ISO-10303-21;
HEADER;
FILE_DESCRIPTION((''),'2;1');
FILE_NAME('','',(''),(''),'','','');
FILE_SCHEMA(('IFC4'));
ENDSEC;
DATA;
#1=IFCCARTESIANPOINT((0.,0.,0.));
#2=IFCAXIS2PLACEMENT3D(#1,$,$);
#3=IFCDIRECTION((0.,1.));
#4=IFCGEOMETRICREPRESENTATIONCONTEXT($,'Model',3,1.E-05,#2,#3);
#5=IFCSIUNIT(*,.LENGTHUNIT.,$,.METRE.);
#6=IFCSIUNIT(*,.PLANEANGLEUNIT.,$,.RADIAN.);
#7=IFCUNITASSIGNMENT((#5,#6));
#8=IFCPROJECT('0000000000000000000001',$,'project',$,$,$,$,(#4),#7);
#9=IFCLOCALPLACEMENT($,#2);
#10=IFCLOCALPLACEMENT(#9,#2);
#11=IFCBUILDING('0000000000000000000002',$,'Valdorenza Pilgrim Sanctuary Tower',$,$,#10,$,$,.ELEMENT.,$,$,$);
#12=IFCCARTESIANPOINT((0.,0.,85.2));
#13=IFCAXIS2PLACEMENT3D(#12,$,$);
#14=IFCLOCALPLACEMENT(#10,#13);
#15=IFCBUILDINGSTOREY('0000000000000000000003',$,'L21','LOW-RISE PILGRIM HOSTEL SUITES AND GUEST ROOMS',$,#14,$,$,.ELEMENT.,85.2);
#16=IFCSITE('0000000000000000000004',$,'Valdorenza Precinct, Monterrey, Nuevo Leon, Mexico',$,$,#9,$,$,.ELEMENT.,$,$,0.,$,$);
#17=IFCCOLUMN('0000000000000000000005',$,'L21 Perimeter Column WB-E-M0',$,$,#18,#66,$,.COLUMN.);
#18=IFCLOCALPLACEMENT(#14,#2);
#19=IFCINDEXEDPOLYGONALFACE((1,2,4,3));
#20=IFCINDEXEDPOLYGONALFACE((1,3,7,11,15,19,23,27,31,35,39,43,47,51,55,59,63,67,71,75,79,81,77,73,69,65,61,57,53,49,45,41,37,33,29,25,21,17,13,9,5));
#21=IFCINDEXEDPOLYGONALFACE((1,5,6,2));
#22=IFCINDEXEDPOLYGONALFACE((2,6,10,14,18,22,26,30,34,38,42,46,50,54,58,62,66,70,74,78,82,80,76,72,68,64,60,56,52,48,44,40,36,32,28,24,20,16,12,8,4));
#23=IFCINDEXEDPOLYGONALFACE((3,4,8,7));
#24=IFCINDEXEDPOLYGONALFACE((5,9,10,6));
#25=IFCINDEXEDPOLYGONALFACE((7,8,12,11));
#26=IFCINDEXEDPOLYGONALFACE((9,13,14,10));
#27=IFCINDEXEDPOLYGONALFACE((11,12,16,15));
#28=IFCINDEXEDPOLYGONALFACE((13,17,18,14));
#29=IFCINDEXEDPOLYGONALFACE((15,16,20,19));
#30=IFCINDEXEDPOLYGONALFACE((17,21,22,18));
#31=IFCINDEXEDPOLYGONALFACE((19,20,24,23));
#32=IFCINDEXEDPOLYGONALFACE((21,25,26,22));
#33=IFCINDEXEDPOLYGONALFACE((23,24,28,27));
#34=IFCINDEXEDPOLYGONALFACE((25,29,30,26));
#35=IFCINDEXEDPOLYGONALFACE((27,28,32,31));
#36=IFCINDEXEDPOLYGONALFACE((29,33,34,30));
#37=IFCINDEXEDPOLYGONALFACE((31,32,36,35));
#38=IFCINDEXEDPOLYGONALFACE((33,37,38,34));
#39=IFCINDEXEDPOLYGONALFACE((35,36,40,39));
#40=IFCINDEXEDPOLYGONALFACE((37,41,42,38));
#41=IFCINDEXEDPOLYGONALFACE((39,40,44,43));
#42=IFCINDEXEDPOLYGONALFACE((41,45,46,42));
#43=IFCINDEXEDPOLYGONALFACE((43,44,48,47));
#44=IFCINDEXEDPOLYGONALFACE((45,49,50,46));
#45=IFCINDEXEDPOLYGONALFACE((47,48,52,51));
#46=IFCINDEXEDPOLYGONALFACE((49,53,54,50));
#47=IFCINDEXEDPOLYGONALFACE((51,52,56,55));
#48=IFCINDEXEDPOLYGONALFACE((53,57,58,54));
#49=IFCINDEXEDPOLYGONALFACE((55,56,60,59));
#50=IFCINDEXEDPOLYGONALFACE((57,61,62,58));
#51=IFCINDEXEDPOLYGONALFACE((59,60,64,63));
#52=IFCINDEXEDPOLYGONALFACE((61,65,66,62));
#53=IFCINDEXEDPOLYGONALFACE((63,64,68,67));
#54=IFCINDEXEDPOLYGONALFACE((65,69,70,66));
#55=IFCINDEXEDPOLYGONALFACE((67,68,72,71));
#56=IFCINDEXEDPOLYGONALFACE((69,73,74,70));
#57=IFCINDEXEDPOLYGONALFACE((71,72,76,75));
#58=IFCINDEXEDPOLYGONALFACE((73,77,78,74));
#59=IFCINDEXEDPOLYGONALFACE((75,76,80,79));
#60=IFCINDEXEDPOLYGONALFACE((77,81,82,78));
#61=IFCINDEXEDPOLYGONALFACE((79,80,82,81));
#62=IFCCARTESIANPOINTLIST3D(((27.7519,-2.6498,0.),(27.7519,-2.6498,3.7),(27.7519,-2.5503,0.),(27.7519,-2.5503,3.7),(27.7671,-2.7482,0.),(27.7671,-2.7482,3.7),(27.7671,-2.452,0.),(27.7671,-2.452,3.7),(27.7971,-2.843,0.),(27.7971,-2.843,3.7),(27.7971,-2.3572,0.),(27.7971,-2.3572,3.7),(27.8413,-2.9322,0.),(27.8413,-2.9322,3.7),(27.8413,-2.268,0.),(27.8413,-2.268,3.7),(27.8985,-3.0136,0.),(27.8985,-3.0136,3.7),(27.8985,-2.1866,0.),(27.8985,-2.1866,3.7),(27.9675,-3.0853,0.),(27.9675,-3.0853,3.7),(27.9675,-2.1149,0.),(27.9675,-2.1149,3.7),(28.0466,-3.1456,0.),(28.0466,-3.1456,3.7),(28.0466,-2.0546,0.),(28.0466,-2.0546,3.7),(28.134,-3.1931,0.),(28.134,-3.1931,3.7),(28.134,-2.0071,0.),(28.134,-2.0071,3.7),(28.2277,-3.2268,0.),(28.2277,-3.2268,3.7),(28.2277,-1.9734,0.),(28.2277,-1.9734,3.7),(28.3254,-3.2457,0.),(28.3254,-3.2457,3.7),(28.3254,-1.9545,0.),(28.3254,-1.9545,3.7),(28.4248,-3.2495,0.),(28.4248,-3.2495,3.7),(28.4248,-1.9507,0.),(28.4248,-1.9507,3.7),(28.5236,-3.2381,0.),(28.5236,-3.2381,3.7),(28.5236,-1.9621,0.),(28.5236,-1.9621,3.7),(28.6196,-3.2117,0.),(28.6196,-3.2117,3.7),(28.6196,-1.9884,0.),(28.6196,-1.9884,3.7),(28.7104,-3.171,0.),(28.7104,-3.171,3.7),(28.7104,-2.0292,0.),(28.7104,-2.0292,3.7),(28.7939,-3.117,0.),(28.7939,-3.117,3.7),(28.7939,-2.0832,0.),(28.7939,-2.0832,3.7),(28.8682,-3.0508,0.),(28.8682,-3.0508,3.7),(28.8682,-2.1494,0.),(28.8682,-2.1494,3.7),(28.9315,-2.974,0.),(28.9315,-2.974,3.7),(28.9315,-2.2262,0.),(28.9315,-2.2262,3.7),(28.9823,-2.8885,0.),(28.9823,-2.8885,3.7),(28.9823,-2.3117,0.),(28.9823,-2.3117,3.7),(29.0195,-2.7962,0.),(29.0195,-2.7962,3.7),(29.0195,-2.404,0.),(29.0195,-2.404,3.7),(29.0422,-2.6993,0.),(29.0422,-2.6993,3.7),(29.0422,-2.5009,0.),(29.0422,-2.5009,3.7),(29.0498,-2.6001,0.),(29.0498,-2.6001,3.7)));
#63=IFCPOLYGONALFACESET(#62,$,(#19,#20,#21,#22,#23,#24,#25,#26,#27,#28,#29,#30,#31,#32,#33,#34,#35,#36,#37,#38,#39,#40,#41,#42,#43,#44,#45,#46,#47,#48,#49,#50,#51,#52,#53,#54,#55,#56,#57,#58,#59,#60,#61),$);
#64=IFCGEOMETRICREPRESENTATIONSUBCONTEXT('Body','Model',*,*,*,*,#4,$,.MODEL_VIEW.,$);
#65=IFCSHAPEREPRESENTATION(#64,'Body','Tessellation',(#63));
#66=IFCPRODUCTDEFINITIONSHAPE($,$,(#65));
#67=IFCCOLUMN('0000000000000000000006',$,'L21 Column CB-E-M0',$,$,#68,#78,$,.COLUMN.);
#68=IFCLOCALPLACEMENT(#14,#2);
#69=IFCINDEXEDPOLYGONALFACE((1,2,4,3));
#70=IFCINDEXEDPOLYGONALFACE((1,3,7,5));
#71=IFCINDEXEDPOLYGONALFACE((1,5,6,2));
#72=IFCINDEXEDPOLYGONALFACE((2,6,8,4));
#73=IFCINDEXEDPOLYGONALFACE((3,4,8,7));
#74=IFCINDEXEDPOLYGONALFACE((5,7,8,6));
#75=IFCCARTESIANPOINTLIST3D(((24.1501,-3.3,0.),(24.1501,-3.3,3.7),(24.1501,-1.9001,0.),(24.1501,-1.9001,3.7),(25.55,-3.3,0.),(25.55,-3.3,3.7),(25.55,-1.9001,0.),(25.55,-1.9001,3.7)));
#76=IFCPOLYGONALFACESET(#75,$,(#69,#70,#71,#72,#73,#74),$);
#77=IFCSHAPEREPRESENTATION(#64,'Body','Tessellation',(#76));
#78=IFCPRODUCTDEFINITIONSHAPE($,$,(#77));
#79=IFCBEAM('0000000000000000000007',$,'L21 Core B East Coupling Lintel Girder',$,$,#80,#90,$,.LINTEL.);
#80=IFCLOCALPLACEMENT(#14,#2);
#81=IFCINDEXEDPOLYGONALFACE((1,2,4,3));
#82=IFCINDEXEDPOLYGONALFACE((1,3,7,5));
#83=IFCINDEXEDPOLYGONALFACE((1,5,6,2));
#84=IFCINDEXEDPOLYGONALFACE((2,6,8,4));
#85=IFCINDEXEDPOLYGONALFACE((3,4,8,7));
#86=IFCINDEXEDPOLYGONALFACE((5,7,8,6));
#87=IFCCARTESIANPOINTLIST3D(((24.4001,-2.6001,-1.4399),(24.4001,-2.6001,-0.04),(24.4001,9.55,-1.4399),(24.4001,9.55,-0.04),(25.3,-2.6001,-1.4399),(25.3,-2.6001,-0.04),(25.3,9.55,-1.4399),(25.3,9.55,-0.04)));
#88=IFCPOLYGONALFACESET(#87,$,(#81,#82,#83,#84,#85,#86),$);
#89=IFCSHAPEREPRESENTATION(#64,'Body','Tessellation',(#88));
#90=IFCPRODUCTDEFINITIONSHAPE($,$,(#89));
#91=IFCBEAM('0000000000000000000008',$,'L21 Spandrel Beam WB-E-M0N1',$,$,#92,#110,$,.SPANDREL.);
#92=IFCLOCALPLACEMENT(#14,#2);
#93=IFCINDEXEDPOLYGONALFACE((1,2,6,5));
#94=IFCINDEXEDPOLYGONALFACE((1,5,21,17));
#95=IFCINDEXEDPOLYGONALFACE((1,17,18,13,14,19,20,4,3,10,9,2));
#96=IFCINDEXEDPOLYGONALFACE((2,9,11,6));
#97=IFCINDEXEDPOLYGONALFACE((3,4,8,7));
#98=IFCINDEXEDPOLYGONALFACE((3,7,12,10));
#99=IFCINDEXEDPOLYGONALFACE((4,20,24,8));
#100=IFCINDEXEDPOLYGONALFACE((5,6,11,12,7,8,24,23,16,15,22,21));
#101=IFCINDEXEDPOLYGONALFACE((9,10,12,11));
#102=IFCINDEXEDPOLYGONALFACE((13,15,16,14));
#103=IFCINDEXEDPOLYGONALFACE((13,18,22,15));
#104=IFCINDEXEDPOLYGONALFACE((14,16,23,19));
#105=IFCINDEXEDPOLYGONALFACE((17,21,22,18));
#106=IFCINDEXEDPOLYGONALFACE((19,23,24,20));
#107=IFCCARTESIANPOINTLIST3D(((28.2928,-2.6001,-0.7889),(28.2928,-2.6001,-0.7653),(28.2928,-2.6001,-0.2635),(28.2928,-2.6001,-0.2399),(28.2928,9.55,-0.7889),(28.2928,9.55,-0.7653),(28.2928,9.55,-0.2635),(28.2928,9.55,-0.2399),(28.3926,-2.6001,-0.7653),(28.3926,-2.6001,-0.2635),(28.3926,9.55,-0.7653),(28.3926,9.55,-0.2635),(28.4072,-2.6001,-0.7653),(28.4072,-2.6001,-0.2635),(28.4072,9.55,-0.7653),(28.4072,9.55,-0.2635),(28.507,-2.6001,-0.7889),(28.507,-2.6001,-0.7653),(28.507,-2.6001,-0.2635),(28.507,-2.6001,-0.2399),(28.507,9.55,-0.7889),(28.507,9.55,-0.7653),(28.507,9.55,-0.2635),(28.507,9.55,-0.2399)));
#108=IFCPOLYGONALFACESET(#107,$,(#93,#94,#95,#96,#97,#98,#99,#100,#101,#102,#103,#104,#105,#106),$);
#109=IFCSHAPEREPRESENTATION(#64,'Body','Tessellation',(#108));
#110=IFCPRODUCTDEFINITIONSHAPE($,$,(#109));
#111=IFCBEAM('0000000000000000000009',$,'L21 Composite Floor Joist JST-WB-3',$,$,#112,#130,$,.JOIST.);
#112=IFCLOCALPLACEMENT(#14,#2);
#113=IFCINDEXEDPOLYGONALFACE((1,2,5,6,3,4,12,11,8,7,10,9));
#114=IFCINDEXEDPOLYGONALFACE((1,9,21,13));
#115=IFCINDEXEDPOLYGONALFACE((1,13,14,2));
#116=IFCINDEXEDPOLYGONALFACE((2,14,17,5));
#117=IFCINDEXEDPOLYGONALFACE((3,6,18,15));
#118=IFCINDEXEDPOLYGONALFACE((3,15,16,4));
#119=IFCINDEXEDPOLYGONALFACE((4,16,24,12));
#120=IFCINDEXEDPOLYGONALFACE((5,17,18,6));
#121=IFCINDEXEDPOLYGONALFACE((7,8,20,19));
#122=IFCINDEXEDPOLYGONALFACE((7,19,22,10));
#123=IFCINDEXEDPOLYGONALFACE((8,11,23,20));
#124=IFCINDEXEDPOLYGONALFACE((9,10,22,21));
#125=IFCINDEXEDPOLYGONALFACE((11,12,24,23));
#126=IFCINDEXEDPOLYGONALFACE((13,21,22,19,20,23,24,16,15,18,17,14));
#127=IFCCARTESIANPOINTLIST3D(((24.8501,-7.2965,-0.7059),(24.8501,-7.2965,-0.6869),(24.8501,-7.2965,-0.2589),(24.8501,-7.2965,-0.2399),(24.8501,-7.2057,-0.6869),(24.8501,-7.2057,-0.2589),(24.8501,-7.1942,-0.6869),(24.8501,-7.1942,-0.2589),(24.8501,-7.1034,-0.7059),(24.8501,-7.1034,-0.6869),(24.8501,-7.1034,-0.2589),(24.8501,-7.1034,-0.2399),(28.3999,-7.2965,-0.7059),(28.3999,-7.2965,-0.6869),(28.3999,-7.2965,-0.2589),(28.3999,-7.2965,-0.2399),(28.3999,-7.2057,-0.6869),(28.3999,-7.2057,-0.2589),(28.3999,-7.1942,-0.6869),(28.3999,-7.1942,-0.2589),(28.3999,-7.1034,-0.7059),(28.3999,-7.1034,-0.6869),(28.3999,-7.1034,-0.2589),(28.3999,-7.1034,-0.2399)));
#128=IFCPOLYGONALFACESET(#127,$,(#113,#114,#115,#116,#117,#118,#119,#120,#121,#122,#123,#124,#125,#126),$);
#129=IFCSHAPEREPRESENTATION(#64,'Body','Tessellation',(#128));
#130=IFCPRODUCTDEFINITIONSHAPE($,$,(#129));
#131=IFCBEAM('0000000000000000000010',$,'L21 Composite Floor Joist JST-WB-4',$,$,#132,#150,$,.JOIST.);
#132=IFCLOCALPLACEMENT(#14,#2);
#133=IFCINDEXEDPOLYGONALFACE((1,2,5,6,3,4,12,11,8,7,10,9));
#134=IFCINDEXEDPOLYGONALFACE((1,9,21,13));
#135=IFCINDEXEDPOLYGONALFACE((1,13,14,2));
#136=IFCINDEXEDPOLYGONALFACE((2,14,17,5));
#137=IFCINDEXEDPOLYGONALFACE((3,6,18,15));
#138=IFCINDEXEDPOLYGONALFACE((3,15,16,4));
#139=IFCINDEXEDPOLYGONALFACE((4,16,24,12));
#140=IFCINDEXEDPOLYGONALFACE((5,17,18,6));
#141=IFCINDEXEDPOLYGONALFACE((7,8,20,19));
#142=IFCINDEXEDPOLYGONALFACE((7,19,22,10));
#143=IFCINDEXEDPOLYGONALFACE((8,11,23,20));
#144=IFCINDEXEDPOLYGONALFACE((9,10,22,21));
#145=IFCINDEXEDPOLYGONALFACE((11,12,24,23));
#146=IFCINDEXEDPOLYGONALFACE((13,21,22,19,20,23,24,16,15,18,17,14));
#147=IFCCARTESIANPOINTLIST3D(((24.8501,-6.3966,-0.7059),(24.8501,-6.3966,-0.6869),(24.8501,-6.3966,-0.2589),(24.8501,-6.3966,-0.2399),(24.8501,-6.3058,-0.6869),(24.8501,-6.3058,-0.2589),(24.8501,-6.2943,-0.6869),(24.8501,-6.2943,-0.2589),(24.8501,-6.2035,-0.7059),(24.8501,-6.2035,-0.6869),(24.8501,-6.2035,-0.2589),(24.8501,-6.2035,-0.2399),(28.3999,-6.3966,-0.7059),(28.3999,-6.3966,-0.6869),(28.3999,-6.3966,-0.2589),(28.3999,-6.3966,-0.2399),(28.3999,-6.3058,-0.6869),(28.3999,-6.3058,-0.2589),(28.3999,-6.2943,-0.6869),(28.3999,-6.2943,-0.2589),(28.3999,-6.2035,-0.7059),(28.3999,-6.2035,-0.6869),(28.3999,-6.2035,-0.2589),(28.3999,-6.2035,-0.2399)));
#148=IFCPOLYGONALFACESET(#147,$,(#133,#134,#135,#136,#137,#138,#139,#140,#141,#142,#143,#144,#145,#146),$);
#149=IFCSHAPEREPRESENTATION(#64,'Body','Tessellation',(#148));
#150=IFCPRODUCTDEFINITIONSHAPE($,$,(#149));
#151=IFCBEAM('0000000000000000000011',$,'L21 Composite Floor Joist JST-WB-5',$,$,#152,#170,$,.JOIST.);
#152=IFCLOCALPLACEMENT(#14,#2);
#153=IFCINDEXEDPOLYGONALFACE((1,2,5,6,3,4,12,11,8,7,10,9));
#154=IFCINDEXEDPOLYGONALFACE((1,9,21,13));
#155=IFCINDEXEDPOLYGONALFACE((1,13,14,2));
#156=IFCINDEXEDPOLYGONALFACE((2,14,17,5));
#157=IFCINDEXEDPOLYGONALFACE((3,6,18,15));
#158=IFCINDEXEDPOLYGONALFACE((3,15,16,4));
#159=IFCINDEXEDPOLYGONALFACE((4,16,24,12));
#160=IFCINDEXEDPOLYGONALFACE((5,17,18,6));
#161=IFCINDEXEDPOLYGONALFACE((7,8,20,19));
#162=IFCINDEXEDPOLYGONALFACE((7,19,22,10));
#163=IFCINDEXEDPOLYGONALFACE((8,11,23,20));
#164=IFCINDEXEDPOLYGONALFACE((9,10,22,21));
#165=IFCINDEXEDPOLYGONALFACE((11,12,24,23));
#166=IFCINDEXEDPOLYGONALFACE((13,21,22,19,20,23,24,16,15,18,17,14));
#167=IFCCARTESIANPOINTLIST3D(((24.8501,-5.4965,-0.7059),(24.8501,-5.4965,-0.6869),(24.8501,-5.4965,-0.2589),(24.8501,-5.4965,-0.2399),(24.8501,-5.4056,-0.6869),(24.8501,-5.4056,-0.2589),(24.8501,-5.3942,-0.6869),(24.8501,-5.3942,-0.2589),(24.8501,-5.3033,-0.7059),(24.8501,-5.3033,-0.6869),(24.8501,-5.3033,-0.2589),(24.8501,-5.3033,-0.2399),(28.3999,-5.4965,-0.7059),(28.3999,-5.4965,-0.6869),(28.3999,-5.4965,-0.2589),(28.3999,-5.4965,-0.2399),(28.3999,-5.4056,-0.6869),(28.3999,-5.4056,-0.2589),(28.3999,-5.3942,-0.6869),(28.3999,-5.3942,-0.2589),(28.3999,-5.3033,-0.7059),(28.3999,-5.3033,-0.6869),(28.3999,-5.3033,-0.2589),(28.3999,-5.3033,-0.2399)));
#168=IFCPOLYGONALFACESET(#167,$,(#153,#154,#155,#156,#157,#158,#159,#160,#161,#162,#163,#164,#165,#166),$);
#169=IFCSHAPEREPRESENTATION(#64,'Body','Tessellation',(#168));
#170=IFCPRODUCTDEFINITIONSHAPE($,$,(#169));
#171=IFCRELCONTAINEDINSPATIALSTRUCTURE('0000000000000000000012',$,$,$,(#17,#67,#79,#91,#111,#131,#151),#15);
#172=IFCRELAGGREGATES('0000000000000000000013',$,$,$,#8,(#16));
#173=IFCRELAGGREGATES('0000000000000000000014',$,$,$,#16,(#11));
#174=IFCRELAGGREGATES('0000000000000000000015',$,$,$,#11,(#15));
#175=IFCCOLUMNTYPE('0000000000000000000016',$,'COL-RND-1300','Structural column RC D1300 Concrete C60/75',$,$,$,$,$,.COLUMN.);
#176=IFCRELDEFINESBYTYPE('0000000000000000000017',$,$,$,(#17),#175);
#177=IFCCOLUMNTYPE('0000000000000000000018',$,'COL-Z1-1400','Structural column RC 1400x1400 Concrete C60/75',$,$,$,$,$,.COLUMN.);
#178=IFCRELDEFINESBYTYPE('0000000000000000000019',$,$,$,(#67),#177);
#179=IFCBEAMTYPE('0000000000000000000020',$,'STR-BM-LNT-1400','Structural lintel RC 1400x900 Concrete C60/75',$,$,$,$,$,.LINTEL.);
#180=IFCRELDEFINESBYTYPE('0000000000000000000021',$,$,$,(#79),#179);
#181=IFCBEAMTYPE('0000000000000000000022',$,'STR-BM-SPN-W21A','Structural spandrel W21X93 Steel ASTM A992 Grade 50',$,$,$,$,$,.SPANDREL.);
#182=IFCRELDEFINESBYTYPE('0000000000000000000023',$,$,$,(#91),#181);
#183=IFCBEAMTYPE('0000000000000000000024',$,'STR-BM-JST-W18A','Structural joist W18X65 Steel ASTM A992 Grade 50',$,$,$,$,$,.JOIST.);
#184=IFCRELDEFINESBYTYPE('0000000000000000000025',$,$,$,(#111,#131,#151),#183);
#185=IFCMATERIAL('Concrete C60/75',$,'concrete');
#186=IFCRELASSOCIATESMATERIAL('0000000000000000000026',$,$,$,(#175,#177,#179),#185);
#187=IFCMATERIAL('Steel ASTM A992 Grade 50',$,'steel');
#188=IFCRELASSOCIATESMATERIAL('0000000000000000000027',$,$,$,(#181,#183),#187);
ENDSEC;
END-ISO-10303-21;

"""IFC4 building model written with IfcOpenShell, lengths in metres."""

from ifc_helpers import new_model, si_unit, direction, frame, origin, origin_2d, place, context, subcontext, project, spatial, rectangle, circle, i_section, extrude, source, transform, mapped, material, material_profile, profile_set, type_object, element, save


model = new_model("IFC4")

# Units and contexts
model_context = context("Model", 3, precision=1e-05, world=origin(), true_north=direction((0.0, 1.0)))
body_context = subcontext(model_context, "Body", "Model", "MODEL_VIEW")
ifc_project = project(units=[si_unit("LENGTHUNIT", "METRE"), si_unit("PLANEANGLEUNIT", "RADIAN")], contexts=[model_context])

# Site, building, storey
site_placement = place(None, origin())
site = spatial("IfcSite", under=ifc_project, at=site_placement, Name="Valdorenza Precinct, Monterrey, Nuevo Leon, Mexico", CompositionType="ELEMENT", RefElevation=0.0)
building_placement = place(site_placement, origin())
building = spatial("IfcBuilding", under=site, at=building_placement, Name="Valdorenza Pilgrim Sanctuary Tower", CompositionType="ELEMENT")
storey_placement = place(building_placement, frame((0.0, 0.0, 85.2)))
storey = spatial("IfcBuildingStorey", under=building, at=storey_placement, Name="L21", Description="LOW-RISE PILGRIM HOSTEL SUITES AND GUEST ROOMS", CompositionType="ELEMENT", Elevation=85.2)

# Columns
ifc_material_1 = material(Name="Concrete C60/75", Category="concrete")
ifc_material_profile_1 = material_profile(ifc_material_1, circle(Radius=0.6499, at=origin_2d()), Name="RC D1300")
ifc_profile_set_1 = profile_set([ifc_material_profile_1], Name="Concrete C60/75")
column_type_1 = type_object("IfcColumnType", Name="COL-RND-1300", Description="Structural column RC D1300 Concrete C60/75", PredefinedType="COLUMN", material=ifc_profile_set_1)
shared_shape_1 = source(origin(), body_context, "Body", "SweptSolid", [
    extrude(circle(Radius=0.6499, at=origin_2d()), origin(), (0.0, 0.0, 1.0), 3.7),
])
column_1_placement = place(storey_placement, frame((28.3999, -2.6001, 0.0), z_axis=(0.0, 0.0, 1.0), x_axis=(1.0, 0.0, 0.0)))
element("IfcColumn", 1, at=column_1_placement, inside=storey, type_object=column_type_1, Name="L21 Perimeter Column WB-E-M0", PredefinedType="COLUMN", context=body_context, shape_type="MappedRepresentation", body=[
    mapped(shared_shape_1, transform((0.0, 0.0, 0.0), x_axis=(1.0, 0.0, 0.0), y_axis=(0.0, 1.0, 0.0), z_axis=(0.0, 0.0, 1.0), scale=1.0)),
])
ifc_material_profile_2 = material_profile(ifc_material_1, rectangle(XDim=1.3999, YDim=1.3999, at=origin_2d()), Name="RC 1400x1400")
ifc_profile_set_2 = profile_set([ifc_material_profile_2], Name="Concrete C60/75")
column_type_2 = type_object("IfcColumnType", Name="COL-Z1-1400", Description="Structural column RC 1400x1400 Concrete C60/75", PredefinedType="COLUMN", material=ifc_profile_set_2)
shared_shape_2 = source(origin(), body_context, "Body", "SweptSolid", [
    extrude(rectangle(XDim=1.3999, YDim=1.3999, at=origin_2d()), origin(), (0.0, 0.0, 1.0), 3.7),
])
column_2_placement = place(storey_placement, frame((24.8501, -2.6001, 0.0), z_axis=(0.0, 0.0, 1.0), x_axis=(1.0, 0.0, 0.0)))
element("IfcColumn", 2, at=column_2_placement, inside=storey, type_object=column_type_2, Name="L21 Column CB-E-M0", PredefinedType="COLUMN", context=body_context, shape_type="MappedRepresentation", body=[
    mapped(shared_shape_2, transform((0.0, 0.0, 0.0), x_axis=(1.0, 0.0, 0.0), y_axis=(0.0, 1.0, 0.0), z_axis=(0.0, 0.0, 1.0), scale=1.0)),
])

# Beams
ifc_material_profile_3 = material_profile(ifc_material_1, rectangle(XDim=0.8999, YDim=1.3999, at=origin_2d()), Name="RC 1400x900")
ifc_profile_set_3 = profile_set([ifc_material_profile_3], Name="Concrete C60/75")
beam_type_1 = type_object("IfcBeamType", Name="STR-BM-LNT-1400", Description="Structural lintel RC 1400x900 Concrete C60/75", PredefinedType="LINTEL", material=ifc_profile_set_3)
shared_shape_3 = source(origin(), body_context, "Body", "SweptSolid", [
    extrude(rectangle(XDim=0.8999, YDim=1.3999, at=origin_2d()), origin(), (0.0, 0.0, 1.0), 12.1501),
])
beam_1_placement = place(storey_placement, frame((24.8501, -2.6001, -0.74), z_axis=(0.0, 1.0, 0.0), x_axis=(-1.0, 0.0, 0.0)))
element("IfcBeam", 3, at=beam_1_placement, inside=storey, type_object=beam_type_1, Name="L21 Core B East Coupling Lintel Girder", PredefinedType="LINTEL", context=body_context, shape_type="MappedRepresentation", body=[
    mapped(shared_shape_3, transform((0.0, 0.0, 0.0), x_axis=(1.0, 0.0, 0.0), y_axis=(0.0, 1.0, 0.0), z_axis=(0.0, 0.0, 1.0), scale=1.0)),
])
ifc_material_2 = material(Name="Steel ASTM A992 Grade 50", Category="steel")
ifc_material_profile_4 = material_profile(ifc_material_2, i_section(OverallWidth=0.2141, OverallDepth=0.5491, WebThickness=0.0146, FlangeThickness=0.0237, at=origin_2d()), Name="W21X93")
ifc_profile_set_4 = profile_set([ifc_material_profile_4], Name="Steel ASTM A992 Grade 50")
beam_type_2 = type_object("IfcBeamType", Name="STR-BM-SPN-W21A", Description="Structural spandrel W21X93 Steel ASTM A992 Grade 50", PredefinedType="SPANDREL", material=ifc_profile_set_4)
shared_shape_4 = source(origin(), body_context, "Body", "SweptSolid", [
    extrude(i_section(OverallWidth=0.2141, OverallDepth=0.5491, WebThickness=0.0146, FlangeThickness=0.0237, at=origin_2d()), origin(), (0.0, 0.0, 1.0), 12.1501),
])
beam_2_placement = place(storey_placement, frame((28.3999, -2.6001, -0.5144), z_axis=(0.0, 1.0, 0.0), x_axis=(-1.0, 0.0, 0.0)))
element("IfcBeam", 4, at=beam_2_placement, inside=storey, type_object=beam_type_2, Name="L21 Spandrel Beam WB-E-M0N1", PredefinedType="SPANDREL", context=body_context, shape_type="MappedRepresentation", body=[
    mapped(shared_shape_4, transform((0.0, 0.0, 0.0), x_axis=(1.0, 0.0, 0.0), y_axis=(0.0, 1.0, 0.0), z_axis=(0.0, 0.0, 1.0), scale=1.0)),
])
ifc_material_profile_5 = material_profile(ifc_material_2, i_section(OverallWidth=0.1931, OverallDepth=0.4661, WebThickness=0.0115, FlangeThickness=0.019, at=origin_2d()), Name="W18X65")
ifc_profile_set_5 = profile_set([ifc_material_profile_5], Name="Steel ASTM A992 Grade 50")
beam_type_3 = type_object("IfcBeamType", Name="STR-BM-JST-W18A", Description="Structural joist W18X65 Steel ASTM A992 Grade 50", PredefinedType="JOIST", material=ifc_profile_set_5)
shared_shape_5 = source(origin(), body_context, "Body", "SweptSolid", [
    extrude(i_section(OverallWidth=0.1931, OverallDepth=0.4661, WebThickness=0.0115, FlangeThickness=0.019, at=origin_2d()), origin(), (0.0, 0.0, 1.0), 3.5498),
])
for number, where, z_axis, x_axis, name in (
    (5, (24.8501, -7.2, -0.4729), (1.0, 0.0, 0.0), (0.0, 1.0, 0.0), "L21 Composite Floor Joist JST-WB-3"),
    (6, (24.8501, -6.3, -0.4729), (1.0, 0.0, 0.0), (0.0, 1.0, 0.0), "L21 Composite Floor Joist JST-WB-4"),
    (7, (24.8501, -5.3999, -0.4729), (1.0, 0.0, 0.0), (0.0, 1.0, 0.0), "L21 Composite Floor Joist JST-WB-5"),
):
    element("IfcBeam", number, at=place(storey_placement, frame(where, z_axis=z_axis, x_axis=x_axis)), inside=storey, type_object=beam_type_3, Name=name, PredefinedType="JOIST", context=body_context, shape_type="MappedRepresentation", body=[
        mapped(shared_shape_5, transform((0.0, 0.0, 0.0), x_axis=(1.0, 0.0, 0.0), y_axis=(0.0, 1.0, 0.0), z_axis=(0.0, 0.0, 1.0), scale=1.0)),
    ])

save(model, "model.ifc")
